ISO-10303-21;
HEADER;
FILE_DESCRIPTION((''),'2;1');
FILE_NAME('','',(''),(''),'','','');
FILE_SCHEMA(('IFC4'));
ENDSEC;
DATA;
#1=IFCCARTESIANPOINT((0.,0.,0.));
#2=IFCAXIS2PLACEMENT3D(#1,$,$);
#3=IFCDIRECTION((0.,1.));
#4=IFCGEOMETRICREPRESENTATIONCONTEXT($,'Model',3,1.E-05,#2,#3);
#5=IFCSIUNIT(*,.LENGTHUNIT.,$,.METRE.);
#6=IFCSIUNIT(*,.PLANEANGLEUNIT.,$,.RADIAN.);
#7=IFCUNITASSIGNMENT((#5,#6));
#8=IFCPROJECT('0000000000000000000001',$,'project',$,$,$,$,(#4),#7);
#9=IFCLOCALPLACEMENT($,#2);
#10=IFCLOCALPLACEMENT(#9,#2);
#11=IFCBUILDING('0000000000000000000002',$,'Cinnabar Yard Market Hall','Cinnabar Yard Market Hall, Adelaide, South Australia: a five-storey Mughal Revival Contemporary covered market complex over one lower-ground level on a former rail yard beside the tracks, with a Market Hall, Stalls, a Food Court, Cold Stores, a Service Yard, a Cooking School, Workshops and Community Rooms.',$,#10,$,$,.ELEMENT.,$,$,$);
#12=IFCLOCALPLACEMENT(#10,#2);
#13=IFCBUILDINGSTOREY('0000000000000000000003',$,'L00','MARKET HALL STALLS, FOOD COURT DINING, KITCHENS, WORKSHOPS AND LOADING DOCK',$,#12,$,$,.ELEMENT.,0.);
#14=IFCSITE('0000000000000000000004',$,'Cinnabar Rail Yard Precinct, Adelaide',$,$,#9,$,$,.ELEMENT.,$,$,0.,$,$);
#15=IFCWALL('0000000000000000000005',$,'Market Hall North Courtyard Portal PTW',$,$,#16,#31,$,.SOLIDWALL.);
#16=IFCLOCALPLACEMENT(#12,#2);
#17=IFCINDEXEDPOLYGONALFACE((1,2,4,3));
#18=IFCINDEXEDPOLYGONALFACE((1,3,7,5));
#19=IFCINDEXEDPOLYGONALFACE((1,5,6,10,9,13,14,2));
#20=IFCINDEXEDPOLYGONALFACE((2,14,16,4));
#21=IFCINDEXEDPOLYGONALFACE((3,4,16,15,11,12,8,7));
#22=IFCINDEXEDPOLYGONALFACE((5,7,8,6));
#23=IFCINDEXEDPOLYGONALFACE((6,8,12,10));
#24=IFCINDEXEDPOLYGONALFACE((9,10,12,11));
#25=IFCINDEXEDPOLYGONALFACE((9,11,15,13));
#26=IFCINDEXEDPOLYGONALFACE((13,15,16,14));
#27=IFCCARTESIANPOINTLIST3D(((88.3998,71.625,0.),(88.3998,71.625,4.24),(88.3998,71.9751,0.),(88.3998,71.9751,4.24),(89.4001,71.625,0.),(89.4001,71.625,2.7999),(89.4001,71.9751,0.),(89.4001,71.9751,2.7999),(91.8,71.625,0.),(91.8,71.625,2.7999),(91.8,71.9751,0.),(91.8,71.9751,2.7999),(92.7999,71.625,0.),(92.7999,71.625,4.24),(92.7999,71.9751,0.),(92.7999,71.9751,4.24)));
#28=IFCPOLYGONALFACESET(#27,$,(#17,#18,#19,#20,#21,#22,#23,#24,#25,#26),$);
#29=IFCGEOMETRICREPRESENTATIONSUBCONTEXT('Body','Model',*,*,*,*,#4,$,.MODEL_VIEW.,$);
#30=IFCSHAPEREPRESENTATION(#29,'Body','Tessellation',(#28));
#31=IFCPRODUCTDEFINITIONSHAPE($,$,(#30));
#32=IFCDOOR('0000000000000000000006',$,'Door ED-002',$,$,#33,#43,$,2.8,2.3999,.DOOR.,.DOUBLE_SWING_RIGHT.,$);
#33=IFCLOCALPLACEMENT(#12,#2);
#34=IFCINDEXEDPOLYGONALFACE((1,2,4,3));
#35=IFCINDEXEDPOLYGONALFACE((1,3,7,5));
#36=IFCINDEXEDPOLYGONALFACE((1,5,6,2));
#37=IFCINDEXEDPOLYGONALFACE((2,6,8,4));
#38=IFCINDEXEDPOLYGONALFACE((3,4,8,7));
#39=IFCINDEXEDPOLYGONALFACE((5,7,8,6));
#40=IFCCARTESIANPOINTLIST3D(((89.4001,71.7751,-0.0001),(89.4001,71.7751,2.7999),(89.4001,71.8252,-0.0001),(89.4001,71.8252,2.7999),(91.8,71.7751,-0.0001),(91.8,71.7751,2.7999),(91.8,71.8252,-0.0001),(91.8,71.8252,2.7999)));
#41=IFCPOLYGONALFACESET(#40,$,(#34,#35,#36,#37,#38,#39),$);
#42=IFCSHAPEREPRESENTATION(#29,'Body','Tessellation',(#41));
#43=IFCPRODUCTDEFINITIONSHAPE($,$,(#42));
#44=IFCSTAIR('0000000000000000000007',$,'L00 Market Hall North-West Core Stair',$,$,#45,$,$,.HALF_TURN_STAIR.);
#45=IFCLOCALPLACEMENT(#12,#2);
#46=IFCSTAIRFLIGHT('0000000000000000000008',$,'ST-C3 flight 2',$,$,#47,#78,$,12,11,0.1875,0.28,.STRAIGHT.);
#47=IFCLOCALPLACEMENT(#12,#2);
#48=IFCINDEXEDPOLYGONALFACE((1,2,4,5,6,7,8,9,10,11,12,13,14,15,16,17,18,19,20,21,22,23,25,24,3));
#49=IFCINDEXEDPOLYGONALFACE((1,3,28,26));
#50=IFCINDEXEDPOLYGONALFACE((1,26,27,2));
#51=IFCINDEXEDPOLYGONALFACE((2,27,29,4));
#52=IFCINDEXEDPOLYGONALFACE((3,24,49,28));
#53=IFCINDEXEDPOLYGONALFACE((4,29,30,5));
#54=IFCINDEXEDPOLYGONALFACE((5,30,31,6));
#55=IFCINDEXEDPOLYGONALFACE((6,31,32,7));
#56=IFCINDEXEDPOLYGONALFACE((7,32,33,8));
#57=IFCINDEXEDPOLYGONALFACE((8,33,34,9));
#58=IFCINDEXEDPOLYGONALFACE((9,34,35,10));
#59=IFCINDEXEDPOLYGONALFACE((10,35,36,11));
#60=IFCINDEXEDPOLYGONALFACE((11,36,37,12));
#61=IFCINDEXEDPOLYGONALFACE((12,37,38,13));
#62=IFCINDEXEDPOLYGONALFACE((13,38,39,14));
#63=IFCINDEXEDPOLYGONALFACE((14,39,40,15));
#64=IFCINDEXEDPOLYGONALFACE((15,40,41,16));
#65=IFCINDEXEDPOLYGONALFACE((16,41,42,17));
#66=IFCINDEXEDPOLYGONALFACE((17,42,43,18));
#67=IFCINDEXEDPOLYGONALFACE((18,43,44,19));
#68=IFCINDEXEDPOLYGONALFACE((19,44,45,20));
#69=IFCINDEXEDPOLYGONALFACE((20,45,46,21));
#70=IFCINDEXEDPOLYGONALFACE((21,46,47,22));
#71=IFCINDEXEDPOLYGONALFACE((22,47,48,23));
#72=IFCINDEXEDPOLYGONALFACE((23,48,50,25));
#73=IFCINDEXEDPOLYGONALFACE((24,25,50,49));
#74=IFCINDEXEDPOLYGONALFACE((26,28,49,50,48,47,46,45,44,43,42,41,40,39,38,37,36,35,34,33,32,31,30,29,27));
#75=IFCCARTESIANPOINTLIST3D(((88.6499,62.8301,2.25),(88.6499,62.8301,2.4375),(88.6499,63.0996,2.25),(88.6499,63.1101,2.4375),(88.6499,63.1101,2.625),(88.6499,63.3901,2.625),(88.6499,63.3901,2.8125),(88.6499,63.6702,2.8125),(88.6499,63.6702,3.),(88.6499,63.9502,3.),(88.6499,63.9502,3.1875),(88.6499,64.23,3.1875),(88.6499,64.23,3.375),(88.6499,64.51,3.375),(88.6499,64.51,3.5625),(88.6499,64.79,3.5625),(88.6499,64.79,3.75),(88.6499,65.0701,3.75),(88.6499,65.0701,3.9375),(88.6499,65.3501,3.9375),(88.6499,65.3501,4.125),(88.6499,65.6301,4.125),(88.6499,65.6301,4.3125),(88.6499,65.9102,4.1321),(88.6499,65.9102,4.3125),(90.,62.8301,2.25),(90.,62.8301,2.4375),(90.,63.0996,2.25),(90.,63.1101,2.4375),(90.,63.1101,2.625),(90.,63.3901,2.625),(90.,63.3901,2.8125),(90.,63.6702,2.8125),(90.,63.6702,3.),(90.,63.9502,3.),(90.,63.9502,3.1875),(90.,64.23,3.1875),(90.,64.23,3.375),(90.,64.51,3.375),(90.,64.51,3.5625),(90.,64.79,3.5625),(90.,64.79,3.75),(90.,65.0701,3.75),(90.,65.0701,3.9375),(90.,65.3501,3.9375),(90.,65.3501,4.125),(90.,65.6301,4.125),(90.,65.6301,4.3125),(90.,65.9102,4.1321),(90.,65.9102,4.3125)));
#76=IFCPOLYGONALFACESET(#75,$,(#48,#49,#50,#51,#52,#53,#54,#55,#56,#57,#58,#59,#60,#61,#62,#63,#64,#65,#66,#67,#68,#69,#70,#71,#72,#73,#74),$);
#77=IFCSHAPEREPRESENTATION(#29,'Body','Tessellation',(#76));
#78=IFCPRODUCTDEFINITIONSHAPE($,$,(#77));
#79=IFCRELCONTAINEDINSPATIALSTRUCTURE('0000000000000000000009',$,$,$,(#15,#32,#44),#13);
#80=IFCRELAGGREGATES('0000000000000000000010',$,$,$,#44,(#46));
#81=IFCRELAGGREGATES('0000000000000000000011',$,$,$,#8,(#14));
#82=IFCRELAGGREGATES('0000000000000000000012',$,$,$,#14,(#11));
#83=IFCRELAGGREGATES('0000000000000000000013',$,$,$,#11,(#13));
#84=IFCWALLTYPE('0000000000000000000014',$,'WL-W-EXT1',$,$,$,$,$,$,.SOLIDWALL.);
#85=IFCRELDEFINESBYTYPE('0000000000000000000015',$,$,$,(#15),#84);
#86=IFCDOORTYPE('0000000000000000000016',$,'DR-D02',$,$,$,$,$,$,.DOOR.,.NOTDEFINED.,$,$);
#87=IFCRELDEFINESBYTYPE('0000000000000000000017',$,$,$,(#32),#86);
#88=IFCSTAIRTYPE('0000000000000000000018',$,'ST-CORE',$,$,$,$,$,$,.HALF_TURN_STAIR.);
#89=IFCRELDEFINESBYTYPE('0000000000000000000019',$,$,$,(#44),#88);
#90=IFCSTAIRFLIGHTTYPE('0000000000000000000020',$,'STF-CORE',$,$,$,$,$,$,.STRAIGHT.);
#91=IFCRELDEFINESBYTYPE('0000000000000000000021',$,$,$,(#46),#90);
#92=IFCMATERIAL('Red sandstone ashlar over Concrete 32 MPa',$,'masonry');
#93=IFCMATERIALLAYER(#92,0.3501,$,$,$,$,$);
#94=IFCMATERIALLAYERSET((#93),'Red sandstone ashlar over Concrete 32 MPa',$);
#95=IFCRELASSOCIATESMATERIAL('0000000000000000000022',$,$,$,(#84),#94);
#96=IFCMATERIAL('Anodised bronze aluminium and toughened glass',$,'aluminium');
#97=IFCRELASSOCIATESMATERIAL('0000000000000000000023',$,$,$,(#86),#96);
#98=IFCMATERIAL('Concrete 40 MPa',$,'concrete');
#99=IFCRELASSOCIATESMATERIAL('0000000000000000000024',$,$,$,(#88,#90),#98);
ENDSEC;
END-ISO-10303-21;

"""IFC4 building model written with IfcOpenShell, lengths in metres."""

from ifc_helpers import new_model, si_unit, direction, frame, frame_2d, origin, place, context, subcontext, project, spatial, polyline, rectangle, outline, extrude, material, layer, layer_set, type_object, element, fill, aggregate, save


model = new_model("IFC4")

# Units and contexts
model_context = context("Model", 3, precision=1e-05, world=origin(), true_north=direction((0.0, 1.0)))
body_context = subcontext(model_context, "Body", "Model", "MODEL_VIEW")
ifc_project = project(units=[si_unit("LENGTHUNIT", "METRE"), si_unit("PLANEANGLEUNIT", "RADIAN")], contexts=[model_context])

# Site, building, storey
site_placement = place(None, origin())
site = spatial("IfcSite", under=ifc_project, at=site_placement, Name="Cinnabar Rail Yard Precinct, Adelaide", CompositionType="ELEMENT", RefElevation=0.0)
building_placement = place(site_placement, origin())
building = spatial("IfcBuilding", under=site, at=building_placement, Name="Cinnabar Yard Market Hall", Description="Cinnabar Yard Market Hall, Adelaide, South Australia: a five-storey Mughal Revival Contemporary covered market complex over one lower-ground level on a former rail yard beside the tracks, with a Market Hall, Stalls, a Food Court, Cold Stores, a Service Yard, a Cooking School, Workshops and Community Rooms.", CompositionType="ELEMENT")
storey_placement = place(building_placement, origin())
storey = spatial("IfcBuildingStorey", under=building, at=storey_placement, Name="L00", Description="MARKET HALL STALLS, FOOD COURT DINING, KITCHENS, WORKSHOPS AND LOADING DOCK", CompositionType="ELEMENT", Elevation=0.0)

# Shared definitions
ifc_material_1 = material(Name="Concrete 40 MPa", Category="concrete")

# Wall, opening, door
ifc_material_2 = material(Name="Red sandstone ashlar over Concrete 32 MPa", Category="masonry")
ifc_layer_1 = layer(ifc_material_2, 0.3501)
ifc_layer_set_1 = layer_set([ifc_layer_1], Name="Red sandstone ashlar over Concrete 32 MPa")
wall_type_1 = type_object("IfcWallType", Name="WL-W-EXT1", PredefinedType="SOLIDWALL", material=ifc_layer_set_1)
wall_1_placement = place(storey_placement, frame((92.8, 71.8, 0.0), z_axis=(0.0, 0.0, 1.0), x_axis=(-1.0, 0.0, 0.0)))
wall_1 = element("IfcWall", 1, at=wall_1_placement, inside=storey, type_object=wall_type_1, Name="Market Hall North Courtyard Portal PTW", PredefinedType="SOLIDWALL", context=body_context, shape_type="SweptSolid", body=[
    extrude(rectangle(XDim=4.4001, YDim=0.3501, at=frame_2d((2.2002, 0.0), x_axis=(1.0, 0.0))), origin(), (0.0, 0.0, 1.0), 4.24),
])
opening_1_placement = place(wall_1_placement, frame((1.0, 0.0, 0.0)))
opening_1 = element("IfcOpeningElement", 2, at=opening_1_placement, cuts=wall_1, PredefinedType="OPENING", context=body_context, shape_type="SweptSolid", body=[
    extrude(rectangle(XDim=2.3999, YDim=2.8, at=frame_2d((1.2, 1.3999), x_axis=(1.0, 0.0))), frame((0.0, 0.1851, 0.0), z_axis=(0.0, -1.0, 0.0), x_axis=(1.0, 0.0, 0.0)), (0.0, 0.0, 1.0), 0.3701),
])
ifc_material_3 = material(Name="Anodised bronze aluminium and toughened glass", Category="aluminium")
door_type_1 = type_object("IfcDoorType", Name="DR-D02", OperationType="NOTDEFINED", PredefinedType="DOOR", material=ifc_material_3)
door_1_placement = place(opening_1_placement, origin())
door_1 = element("IfcDoor", 3, at=door_1_placement, inside=storey, type_object=door_type_1, Name="Door ED-002", OperationType="DOUBLE_SWING_RIGHT", OverallHeight=2.8, OverallWidth=2.3999, PredefinedType="DOOR", context=body_context, shape_type="SweptSolid", body=[
    extrude(rectangle(XDim=2.3999, YDim=2.8, at=frame_2d((1.2, 1.3999), x_axis=(1.0, 0.0))), frame((0.0, 0.0249, 0.0), z_axis=(0.0, -1.0, 0.0), x_axis=(1.0, 0.0, 0.0)), (0.0, 0.0, 1.0), 0.05),
])
fill(opening_1, door_1)

# Stair, stair flight
stair_type = type_object("IfcStairType", Name="ST-CORE", PredefinedType="HALF_TURN_STAIR", material=ifc_material_1)
stair_placement = place(storey_placement, origin())
stair = element("IfcStair", 4, at=stair_placement, inside=storey, type_object=stair_type, Name="L00 Market Hall North-West Core Stair", PredefinedType="HALF_TURN_STAIR")
stair_flight_type = type_object("IfcStairFlightType", Name="STF-CORE", PredefinedType="STRAIGHT", material=ifc_material_1)
stair_flight_placement = place(storey_placement, frame((89.325, 62.8301, 2.25), z_axis=(0.0, 0.0, 1.0), x_axis=(0.0, 1.0, 0.0)))
stair_flight = element("IfcStairFlight", 5, at=stair_flight_placement, type_object=stair_flight_type, Name="ST-C3 flight 2", NumberOfRisers=12, NumberOfTreads=11, PredefinedType="STRAIGHT", RiserHeight=0.1875, TreadLength=0.28, context=body_context, shape_type="SweptSolid", body=[
    extrude(outline(polyline([(0.0, 0.0), (0.0, 0.1875), (0.28, 0.1875), (0.28, 0.375), (0.5601, 0.375), (0.5601, 0.5625), (0.8401, 0.5625), (0.8401, 0.75), (1.1201, 0.75), (1.1201, 0.9375), (1.3999, 0.9375), (1.3999, 1.125), (1.6799, 1.125), (1.6799, 1.3125), (1.96, 1.3125), (1.96, 1.5), (2.24, 1.5), (2.24, 1.6875), (2.52, 1.6875), (2.52, 1.875), (2.8, 1.875), (2.8, 2.0625), (3.0801, 2.0625), (3.0801, 2.25), (3.0801, 1.8821), (0.2695, 0.0), (0.0, 0.0)])), frame((0.0, 0.675, 0.0), z_axis=(0.0, -1.0, 0.0), x_axis=(1.0, 0.0, 0.0)), (0.0, 0.0, 1.0), 1.3501),
])
aggregate(stair, [stair_flight])

save(model, "model.ifc")
